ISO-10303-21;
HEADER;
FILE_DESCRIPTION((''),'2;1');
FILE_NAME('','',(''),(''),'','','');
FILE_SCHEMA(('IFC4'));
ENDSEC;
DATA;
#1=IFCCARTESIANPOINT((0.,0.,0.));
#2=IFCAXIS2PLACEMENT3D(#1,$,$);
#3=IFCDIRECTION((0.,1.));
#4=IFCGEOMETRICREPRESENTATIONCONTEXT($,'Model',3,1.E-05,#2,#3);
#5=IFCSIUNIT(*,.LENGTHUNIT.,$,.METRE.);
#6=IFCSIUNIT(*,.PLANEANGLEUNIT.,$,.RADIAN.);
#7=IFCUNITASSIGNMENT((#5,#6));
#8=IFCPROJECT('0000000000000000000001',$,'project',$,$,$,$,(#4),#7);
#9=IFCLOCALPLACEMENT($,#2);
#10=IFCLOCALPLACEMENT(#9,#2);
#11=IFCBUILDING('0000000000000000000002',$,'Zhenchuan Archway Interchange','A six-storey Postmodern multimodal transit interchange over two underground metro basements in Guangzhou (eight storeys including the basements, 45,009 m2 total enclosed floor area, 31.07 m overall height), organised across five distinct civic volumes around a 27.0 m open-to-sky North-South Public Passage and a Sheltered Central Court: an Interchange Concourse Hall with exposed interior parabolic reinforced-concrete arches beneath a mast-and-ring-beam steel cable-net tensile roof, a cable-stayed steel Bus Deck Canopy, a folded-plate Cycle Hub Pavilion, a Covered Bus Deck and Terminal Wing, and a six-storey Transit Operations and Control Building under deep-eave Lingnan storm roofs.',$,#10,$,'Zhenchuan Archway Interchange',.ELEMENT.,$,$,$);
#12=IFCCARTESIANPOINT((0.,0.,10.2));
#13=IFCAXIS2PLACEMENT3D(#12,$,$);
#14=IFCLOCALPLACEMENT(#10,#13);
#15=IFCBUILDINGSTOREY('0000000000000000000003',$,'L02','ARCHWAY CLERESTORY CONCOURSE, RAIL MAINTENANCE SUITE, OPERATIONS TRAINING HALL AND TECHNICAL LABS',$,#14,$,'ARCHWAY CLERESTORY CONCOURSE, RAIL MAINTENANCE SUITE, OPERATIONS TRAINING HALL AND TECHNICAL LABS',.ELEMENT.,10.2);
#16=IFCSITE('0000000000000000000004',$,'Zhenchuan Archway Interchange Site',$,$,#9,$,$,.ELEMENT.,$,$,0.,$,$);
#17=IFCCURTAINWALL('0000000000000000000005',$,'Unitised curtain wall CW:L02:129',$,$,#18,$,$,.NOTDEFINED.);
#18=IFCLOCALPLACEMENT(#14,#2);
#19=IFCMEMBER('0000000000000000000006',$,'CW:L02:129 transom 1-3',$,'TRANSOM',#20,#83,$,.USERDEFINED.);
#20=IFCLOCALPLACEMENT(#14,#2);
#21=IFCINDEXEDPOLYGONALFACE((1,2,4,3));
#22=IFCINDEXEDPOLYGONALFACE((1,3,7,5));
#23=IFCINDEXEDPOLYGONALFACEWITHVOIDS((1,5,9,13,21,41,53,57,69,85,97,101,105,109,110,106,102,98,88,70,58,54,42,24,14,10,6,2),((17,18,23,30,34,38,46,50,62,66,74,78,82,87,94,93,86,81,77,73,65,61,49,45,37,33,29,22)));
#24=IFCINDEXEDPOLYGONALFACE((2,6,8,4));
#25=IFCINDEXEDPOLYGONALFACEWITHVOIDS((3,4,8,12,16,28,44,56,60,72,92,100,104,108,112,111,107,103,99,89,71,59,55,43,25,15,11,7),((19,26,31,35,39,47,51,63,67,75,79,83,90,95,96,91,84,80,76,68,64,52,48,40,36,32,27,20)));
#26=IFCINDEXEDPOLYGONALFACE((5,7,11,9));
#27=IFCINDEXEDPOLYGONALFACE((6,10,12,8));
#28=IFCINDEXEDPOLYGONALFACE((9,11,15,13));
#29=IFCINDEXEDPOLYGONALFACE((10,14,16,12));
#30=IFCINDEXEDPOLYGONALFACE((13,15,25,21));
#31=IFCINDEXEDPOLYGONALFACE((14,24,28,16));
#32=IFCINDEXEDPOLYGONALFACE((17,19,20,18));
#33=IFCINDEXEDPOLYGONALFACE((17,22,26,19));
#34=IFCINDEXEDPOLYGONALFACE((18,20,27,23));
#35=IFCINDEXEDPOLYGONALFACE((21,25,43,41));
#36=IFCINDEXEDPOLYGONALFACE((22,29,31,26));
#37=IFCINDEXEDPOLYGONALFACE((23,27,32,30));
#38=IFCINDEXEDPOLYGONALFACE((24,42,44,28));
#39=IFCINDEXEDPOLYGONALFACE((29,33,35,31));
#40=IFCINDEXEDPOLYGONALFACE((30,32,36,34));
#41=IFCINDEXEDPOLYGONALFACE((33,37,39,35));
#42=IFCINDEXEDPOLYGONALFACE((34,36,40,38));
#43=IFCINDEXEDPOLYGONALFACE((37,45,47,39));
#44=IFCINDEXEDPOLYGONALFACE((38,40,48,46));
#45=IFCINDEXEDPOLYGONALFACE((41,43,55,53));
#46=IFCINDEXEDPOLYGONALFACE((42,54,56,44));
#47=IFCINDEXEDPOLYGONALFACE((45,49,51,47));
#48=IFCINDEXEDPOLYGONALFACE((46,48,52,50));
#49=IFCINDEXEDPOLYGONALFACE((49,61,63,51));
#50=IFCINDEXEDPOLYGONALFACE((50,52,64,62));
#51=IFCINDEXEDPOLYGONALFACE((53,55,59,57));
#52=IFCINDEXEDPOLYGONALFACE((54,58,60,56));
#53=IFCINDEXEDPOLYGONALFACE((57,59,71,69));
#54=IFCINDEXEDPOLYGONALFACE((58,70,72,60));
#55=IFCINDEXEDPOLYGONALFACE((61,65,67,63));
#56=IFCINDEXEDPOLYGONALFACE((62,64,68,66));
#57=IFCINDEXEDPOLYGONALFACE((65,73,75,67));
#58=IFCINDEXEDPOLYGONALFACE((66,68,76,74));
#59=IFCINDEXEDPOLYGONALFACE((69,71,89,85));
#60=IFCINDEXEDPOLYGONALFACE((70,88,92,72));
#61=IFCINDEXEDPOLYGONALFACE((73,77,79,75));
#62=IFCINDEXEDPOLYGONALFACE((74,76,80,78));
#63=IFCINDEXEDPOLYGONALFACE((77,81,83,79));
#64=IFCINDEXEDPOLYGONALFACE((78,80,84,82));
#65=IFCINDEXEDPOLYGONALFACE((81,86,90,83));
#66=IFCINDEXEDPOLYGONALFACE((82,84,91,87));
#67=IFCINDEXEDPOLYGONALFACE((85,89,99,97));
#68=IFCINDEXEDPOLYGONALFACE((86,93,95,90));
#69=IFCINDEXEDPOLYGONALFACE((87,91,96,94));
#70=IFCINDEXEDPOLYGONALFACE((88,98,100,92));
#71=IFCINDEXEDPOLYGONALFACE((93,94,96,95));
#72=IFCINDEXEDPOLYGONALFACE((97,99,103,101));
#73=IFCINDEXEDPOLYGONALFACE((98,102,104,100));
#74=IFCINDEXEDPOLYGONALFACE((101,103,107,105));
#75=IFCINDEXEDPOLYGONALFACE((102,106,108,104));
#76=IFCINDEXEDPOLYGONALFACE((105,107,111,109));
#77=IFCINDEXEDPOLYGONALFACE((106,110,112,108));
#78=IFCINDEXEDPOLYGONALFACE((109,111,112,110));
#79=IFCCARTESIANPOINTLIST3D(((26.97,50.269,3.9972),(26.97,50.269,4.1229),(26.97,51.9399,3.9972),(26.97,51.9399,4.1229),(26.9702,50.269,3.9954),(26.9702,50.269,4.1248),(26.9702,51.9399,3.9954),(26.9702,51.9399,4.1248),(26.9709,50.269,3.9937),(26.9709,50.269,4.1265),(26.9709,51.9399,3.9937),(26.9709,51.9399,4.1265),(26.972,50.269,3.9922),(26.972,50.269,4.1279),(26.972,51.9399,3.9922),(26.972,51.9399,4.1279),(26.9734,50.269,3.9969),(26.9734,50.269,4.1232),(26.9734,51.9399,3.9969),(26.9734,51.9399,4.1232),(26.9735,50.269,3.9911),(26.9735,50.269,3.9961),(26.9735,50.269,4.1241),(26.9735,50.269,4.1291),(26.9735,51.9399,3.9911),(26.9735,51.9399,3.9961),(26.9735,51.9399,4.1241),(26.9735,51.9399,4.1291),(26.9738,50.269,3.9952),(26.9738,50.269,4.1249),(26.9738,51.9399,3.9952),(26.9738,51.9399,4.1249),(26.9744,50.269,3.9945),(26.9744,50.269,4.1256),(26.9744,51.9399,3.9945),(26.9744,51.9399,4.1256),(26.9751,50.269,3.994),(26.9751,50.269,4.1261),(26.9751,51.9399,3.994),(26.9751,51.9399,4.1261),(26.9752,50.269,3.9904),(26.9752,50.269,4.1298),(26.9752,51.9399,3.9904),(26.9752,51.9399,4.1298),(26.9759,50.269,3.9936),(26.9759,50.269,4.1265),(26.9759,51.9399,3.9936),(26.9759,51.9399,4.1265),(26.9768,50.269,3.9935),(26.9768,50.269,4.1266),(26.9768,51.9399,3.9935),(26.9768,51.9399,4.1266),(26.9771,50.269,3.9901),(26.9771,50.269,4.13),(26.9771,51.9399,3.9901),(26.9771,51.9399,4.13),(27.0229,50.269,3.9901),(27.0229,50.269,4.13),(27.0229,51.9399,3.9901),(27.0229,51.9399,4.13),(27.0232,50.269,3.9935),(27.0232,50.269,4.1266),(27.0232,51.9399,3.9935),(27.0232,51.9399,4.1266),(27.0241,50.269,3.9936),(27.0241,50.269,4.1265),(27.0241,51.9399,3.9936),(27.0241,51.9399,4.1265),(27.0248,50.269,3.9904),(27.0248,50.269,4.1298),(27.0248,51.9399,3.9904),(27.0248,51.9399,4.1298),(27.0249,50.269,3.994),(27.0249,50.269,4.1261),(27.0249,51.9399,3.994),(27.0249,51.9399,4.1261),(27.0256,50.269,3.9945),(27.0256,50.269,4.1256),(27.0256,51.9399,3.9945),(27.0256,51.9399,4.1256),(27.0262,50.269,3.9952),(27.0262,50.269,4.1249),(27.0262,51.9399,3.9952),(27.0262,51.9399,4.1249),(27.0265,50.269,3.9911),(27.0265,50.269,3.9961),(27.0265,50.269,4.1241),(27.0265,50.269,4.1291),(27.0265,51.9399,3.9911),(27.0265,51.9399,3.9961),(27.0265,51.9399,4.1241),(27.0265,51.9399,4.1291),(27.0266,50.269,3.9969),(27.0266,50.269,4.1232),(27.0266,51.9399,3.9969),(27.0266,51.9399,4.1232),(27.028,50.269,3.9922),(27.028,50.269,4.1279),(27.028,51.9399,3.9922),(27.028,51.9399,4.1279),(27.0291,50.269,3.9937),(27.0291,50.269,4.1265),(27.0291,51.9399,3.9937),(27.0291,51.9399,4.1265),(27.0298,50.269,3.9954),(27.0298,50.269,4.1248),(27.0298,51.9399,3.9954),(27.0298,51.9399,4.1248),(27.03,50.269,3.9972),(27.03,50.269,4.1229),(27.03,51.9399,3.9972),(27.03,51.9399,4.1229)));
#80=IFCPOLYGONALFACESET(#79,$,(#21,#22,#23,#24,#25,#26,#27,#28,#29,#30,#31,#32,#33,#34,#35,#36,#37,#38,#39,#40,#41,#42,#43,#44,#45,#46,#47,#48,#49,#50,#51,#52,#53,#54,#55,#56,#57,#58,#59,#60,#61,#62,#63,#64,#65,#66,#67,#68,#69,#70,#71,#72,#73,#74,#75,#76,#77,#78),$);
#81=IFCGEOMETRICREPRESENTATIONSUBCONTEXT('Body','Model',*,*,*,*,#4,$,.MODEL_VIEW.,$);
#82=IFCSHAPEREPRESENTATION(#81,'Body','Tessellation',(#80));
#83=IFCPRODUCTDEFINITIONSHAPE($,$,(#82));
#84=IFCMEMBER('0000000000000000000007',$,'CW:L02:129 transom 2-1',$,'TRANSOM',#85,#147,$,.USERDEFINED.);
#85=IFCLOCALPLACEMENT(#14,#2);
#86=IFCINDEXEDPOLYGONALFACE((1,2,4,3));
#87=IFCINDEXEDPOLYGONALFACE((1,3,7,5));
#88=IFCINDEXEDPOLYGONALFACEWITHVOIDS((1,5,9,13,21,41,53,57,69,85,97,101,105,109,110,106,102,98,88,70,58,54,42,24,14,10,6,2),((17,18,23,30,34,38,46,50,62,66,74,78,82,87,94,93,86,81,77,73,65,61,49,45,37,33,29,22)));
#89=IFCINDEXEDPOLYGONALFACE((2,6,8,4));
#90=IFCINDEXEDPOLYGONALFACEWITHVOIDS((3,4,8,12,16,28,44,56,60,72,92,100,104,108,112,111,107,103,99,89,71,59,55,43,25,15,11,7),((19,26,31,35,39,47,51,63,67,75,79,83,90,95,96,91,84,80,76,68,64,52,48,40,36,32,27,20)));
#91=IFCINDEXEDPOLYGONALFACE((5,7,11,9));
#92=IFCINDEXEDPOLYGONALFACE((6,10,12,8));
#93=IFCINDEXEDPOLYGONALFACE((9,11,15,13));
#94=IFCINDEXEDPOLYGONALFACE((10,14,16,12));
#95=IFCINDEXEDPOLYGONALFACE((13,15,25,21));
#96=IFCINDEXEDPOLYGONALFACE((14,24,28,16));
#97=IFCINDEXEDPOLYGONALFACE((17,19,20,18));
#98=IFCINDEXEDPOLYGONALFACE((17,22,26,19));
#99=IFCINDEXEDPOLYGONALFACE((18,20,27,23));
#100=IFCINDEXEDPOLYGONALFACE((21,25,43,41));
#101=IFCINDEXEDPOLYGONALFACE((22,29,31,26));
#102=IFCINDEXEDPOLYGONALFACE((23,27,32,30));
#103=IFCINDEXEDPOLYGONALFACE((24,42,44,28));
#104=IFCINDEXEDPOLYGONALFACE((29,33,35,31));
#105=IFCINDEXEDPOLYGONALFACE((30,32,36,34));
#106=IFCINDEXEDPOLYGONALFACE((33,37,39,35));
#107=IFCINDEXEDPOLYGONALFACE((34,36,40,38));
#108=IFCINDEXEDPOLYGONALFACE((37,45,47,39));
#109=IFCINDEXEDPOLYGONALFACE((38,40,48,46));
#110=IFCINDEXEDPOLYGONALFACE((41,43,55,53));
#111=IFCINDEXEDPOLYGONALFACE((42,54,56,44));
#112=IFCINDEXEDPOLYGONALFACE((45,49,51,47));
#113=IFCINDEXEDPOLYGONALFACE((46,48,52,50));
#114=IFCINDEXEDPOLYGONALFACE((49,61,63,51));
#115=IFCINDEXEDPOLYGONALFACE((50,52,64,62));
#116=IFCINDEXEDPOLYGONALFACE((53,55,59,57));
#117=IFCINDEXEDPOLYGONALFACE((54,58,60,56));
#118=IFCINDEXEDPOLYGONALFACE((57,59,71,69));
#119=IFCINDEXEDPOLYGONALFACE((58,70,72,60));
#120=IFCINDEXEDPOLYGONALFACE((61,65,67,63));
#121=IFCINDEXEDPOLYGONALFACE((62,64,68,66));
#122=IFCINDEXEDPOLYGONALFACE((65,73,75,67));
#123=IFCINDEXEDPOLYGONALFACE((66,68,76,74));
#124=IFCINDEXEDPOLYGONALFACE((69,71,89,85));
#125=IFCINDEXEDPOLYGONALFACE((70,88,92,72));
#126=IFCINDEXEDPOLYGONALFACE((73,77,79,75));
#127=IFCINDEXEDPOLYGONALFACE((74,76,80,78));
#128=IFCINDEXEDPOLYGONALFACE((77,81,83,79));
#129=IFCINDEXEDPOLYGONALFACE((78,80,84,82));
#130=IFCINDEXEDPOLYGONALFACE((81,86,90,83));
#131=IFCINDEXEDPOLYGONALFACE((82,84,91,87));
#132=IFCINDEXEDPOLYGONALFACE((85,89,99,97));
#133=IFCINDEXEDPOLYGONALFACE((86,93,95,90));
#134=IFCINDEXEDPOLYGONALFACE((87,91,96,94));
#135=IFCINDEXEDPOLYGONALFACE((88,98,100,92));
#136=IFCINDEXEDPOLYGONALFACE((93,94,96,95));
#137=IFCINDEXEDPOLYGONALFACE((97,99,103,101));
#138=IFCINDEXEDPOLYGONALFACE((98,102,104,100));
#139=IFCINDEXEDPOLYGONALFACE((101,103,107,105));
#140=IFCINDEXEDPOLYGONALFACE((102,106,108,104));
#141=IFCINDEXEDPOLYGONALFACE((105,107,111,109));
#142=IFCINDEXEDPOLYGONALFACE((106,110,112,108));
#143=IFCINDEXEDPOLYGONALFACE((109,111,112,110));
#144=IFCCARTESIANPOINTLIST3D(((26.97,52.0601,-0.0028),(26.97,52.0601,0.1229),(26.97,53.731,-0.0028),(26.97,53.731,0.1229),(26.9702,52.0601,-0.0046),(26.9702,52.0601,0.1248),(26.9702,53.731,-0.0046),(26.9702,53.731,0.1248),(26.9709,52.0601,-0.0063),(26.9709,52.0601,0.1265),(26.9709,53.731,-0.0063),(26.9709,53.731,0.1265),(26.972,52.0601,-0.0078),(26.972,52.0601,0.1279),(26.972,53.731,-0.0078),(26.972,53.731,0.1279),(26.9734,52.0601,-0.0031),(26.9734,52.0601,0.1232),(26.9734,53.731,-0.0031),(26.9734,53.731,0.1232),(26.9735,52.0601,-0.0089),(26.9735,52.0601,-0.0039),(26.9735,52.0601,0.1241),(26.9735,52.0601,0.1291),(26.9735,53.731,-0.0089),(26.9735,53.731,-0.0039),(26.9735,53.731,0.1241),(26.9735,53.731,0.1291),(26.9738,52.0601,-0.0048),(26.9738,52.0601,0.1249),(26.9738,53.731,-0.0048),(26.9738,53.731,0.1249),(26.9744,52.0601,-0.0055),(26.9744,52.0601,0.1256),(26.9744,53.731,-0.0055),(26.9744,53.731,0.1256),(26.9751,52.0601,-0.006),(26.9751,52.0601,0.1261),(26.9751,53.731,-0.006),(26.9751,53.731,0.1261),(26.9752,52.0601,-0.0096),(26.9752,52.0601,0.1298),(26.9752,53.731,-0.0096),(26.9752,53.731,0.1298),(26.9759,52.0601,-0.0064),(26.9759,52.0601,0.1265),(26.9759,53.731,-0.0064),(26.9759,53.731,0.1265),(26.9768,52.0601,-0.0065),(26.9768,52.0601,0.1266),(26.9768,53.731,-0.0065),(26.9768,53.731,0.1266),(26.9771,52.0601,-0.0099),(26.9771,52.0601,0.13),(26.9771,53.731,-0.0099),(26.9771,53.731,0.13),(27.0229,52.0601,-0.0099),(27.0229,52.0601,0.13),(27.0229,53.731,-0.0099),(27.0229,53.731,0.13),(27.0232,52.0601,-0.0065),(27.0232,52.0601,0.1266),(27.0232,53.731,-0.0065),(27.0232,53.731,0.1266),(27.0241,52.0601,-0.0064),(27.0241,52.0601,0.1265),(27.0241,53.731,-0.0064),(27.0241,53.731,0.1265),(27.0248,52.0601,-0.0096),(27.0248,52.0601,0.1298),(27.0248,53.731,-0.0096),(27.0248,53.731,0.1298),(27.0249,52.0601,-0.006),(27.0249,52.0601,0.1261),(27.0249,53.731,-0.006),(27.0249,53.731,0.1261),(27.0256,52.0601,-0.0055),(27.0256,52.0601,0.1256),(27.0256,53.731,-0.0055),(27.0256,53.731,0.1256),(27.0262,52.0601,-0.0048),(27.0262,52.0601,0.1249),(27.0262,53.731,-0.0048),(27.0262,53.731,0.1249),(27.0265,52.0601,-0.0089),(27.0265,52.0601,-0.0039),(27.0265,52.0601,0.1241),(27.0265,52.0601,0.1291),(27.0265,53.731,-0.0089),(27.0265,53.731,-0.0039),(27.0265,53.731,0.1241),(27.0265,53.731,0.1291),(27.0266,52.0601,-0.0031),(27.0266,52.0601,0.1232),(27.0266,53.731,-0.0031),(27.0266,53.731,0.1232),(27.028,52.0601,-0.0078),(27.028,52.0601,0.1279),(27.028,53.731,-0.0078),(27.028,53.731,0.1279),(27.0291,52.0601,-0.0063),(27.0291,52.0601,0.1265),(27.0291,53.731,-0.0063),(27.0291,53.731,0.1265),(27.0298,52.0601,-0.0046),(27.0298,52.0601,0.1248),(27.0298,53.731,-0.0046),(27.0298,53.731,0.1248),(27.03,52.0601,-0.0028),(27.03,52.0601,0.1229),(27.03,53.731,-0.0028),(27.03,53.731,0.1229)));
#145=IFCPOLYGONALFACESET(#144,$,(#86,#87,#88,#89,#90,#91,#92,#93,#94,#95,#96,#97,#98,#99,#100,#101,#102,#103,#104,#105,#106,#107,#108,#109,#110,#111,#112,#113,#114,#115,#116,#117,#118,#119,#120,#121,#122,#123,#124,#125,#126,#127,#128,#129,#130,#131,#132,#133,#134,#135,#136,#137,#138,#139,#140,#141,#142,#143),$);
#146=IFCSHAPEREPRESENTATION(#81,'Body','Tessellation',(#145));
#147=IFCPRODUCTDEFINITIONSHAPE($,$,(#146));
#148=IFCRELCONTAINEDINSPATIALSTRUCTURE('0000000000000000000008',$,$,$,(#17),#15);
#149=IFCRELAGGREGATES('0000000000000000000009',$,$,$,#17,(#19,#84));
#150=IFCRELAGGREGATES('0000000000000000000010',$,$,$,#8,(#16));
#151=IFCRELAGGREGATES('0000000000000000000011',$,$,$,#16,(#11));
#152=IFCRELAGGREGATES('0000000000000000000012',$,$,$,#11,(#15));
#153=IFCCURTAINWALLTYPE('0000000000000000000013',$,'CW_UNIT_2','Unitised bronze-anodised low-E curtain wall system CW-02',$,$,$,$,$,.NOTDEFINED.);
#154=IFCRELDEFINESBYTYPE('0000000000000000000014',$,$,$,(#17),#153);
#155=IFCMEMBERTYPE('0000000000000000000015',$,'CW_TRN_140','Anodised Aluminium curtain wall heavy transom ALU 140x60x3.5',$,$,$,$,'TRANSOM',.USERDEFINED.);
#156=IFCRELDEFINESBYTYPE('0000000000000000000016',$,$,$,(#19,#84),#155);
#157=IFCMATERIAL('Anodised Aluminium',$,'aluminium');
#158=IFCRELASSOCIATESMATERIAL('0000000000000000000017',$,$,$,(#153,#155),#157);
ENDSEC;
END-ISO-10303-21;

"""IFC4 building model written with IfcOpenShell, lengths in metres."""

from ifc_helpers import new_model, si_unit, direction, frame, origin, origin_2d, place, context, subcontext, project, spatial, hollow_rectangle, extrude, material, material_profile, profile_set, type_object, element, aggregate, save


model = new_model("IFC4")

# Units and contexts
model_context = context("Model", 3, precision=1e-05, world=origin(), true_north=direction((0.0, 1.0)))
body_context = subcontext(model_context, "Body", "Model", "MODEL_VIEW")
ifc_project = project(units=[si_unit("LENGTHUNIT", "METRE"), si_unit("PLANEANGLEUNIT", "RADIAN")], contexts=[model_context])

# Site, building, storey
site_placement = place(None, origin())
site = spatial("IfcSite", under=ifc_project, at=site_placement, Name="Zhenchuan Archway Interchange Site", CompositionType="ELEMENT", RefElevation=0.0)
building_placement = place(site_placement, origin())
building = spatial("IfcBuilding", under=site, at=building_placement, Name="Zhenchuan Archway Interchange", Description="A six-storey Postmodern multimodal transit interchange over two underground metro basements in Guangzhou (eight storeys including the basements, 45,009 m2 total enclosed floor area, 31.07 m overall height), organised across five distinct civic volumes around a 27.0 m open-to-sky North-South Public Passage and a Sheltered Central Court: an Interchange Concourse Hall with exposed interior parabolic reinforced-concrete arches beneath a mast-and-ring-beam steel cable-net tensile roof, a cable-stayed steel Bus Deck Canopy, a folded-plate Cycle Hub Pavilion, a Covered Bus Deck and Terminal Wing, and a six-storey Transit Operations and Control Building under deep-eave Lingnan storm roofs.", LongName="Zhenchuan Archway Interchange", CompositionType="ELEMENT")
storey_placement = place(building_placement, frame((0.0, 0.0, 10.2)))
storey = spatial("IfcBuildingStorey", under=building, at=storey_placement, Name="L02", Description="ARCHWAY CLERESTORY CONCOURSE, RAIL MAINTENANCE SUITE, OPERATIONS TRAINING HALL AND TECHNICAL LABS", LongName="ARCHWAY CLERESTORY CONCOURSE, RAIL MAINTENANCE SUITE, OPERATIONS TRAINING HALL AND TECHNICAL LABS", CompositionType="ELEMENT", Elevation=10.2)

# Shared definitions
ifc_material_1 = material(Name="Anodised Aluminium", Category="aluminium")

# Curtain wall
curtain_wall_type_1 = type_object("IfcCurtainWallType", Name="CW_UNIT_2", Description="Unitised bronze-anodised low-E curtain wall system CW-02", PredefinedType="NOTDEFINED", material=ifc_material_1)
curtain_wall_1_placement = place(storey_placement, origin())
curtain_wall_1 = element("IfcCurtainWall", 1, at=curtain_wall_1_placement, inside=storey, type_object=curtain_wall_type_1, Name="Unitised curtain wall CW:L02:129", PredefinedType="NOTDEFINED")

# Members
ifc_material_profile_1 = material_profile(ifc_material_1, hollow_rectangle(XDim=0.0601, YDim=0.1399, WallThickness=0.0034, InnerFilletRadius=0.0034, OuterFilletRadius=0.0071, at=origin_2d()), Name="ALU 140x60x3.5")
ifc_profile_set_1 = profile_set([ifc_material_profile_1], Name="Anodised Aluminium")
member_type_1 = type_object("IfcMemberType", Name="CW_TRN_140", Description="Anodised Aluminium curtain wall heavy transom ALU 140x60x3.5", ElementType="TRANSOM", PredefinedType="USERDEFINED", material=ifc_profile_set_1)
member_1_placement = place(storey_placement, frame((27.0, 50.269, 4.0601), z_axis=(0.0, 1.0, 0.0), x_axis=(-1.0, 0.0, 0.0)))
member_1 = element("IfcMember", 2, at=member_1_placement, type_object=member_type_1, Name="CW:L02:129 transom 1-3", ObjectType="TRANSOM", PredefinedType="USERDEFINED", context=body_context, shape_type="SweptSolid", body=[
    extrude(hollow_rectangle(XDim=0.0601, YDim=0.1399, WallThickness=0.0034, InnerFilletRadius=0.0034, OuterFilletRadius=0.0071, at=origin_2d()), origin(), (0.0, 0.0, 1.0), 1.6709),
])
member_2_placement = place(storey_placement, frame((27.0, 52.0601, 0.0601), z_axis=(0.0, 1.0, 0.0), x_axis=(-1.0, 0.0, 0.0)))
member_2 = element("IfcMember", 3, at=member_2_placement, type_object=member_type_1, Name="CW:L02:129 transom 2-1", ObjectType="TRANSOM", PredefinedType="USERDEFINED", context=body_context, shape_type="SweptSolid", body=[
    extrude(hollow_rectangle(XDim=0.0601, YDim=0.1399, WallThickness=0.0034, InnerFilletRadius=0.0034, OuterFilletRadius=0.0071, at=origin_2d()), origin(), (0.0, 0.0, 1.0), 1.6709),
])

aggregate(curtain_wall_1, [member_1, member_2])

save(model, "model.ifc")
